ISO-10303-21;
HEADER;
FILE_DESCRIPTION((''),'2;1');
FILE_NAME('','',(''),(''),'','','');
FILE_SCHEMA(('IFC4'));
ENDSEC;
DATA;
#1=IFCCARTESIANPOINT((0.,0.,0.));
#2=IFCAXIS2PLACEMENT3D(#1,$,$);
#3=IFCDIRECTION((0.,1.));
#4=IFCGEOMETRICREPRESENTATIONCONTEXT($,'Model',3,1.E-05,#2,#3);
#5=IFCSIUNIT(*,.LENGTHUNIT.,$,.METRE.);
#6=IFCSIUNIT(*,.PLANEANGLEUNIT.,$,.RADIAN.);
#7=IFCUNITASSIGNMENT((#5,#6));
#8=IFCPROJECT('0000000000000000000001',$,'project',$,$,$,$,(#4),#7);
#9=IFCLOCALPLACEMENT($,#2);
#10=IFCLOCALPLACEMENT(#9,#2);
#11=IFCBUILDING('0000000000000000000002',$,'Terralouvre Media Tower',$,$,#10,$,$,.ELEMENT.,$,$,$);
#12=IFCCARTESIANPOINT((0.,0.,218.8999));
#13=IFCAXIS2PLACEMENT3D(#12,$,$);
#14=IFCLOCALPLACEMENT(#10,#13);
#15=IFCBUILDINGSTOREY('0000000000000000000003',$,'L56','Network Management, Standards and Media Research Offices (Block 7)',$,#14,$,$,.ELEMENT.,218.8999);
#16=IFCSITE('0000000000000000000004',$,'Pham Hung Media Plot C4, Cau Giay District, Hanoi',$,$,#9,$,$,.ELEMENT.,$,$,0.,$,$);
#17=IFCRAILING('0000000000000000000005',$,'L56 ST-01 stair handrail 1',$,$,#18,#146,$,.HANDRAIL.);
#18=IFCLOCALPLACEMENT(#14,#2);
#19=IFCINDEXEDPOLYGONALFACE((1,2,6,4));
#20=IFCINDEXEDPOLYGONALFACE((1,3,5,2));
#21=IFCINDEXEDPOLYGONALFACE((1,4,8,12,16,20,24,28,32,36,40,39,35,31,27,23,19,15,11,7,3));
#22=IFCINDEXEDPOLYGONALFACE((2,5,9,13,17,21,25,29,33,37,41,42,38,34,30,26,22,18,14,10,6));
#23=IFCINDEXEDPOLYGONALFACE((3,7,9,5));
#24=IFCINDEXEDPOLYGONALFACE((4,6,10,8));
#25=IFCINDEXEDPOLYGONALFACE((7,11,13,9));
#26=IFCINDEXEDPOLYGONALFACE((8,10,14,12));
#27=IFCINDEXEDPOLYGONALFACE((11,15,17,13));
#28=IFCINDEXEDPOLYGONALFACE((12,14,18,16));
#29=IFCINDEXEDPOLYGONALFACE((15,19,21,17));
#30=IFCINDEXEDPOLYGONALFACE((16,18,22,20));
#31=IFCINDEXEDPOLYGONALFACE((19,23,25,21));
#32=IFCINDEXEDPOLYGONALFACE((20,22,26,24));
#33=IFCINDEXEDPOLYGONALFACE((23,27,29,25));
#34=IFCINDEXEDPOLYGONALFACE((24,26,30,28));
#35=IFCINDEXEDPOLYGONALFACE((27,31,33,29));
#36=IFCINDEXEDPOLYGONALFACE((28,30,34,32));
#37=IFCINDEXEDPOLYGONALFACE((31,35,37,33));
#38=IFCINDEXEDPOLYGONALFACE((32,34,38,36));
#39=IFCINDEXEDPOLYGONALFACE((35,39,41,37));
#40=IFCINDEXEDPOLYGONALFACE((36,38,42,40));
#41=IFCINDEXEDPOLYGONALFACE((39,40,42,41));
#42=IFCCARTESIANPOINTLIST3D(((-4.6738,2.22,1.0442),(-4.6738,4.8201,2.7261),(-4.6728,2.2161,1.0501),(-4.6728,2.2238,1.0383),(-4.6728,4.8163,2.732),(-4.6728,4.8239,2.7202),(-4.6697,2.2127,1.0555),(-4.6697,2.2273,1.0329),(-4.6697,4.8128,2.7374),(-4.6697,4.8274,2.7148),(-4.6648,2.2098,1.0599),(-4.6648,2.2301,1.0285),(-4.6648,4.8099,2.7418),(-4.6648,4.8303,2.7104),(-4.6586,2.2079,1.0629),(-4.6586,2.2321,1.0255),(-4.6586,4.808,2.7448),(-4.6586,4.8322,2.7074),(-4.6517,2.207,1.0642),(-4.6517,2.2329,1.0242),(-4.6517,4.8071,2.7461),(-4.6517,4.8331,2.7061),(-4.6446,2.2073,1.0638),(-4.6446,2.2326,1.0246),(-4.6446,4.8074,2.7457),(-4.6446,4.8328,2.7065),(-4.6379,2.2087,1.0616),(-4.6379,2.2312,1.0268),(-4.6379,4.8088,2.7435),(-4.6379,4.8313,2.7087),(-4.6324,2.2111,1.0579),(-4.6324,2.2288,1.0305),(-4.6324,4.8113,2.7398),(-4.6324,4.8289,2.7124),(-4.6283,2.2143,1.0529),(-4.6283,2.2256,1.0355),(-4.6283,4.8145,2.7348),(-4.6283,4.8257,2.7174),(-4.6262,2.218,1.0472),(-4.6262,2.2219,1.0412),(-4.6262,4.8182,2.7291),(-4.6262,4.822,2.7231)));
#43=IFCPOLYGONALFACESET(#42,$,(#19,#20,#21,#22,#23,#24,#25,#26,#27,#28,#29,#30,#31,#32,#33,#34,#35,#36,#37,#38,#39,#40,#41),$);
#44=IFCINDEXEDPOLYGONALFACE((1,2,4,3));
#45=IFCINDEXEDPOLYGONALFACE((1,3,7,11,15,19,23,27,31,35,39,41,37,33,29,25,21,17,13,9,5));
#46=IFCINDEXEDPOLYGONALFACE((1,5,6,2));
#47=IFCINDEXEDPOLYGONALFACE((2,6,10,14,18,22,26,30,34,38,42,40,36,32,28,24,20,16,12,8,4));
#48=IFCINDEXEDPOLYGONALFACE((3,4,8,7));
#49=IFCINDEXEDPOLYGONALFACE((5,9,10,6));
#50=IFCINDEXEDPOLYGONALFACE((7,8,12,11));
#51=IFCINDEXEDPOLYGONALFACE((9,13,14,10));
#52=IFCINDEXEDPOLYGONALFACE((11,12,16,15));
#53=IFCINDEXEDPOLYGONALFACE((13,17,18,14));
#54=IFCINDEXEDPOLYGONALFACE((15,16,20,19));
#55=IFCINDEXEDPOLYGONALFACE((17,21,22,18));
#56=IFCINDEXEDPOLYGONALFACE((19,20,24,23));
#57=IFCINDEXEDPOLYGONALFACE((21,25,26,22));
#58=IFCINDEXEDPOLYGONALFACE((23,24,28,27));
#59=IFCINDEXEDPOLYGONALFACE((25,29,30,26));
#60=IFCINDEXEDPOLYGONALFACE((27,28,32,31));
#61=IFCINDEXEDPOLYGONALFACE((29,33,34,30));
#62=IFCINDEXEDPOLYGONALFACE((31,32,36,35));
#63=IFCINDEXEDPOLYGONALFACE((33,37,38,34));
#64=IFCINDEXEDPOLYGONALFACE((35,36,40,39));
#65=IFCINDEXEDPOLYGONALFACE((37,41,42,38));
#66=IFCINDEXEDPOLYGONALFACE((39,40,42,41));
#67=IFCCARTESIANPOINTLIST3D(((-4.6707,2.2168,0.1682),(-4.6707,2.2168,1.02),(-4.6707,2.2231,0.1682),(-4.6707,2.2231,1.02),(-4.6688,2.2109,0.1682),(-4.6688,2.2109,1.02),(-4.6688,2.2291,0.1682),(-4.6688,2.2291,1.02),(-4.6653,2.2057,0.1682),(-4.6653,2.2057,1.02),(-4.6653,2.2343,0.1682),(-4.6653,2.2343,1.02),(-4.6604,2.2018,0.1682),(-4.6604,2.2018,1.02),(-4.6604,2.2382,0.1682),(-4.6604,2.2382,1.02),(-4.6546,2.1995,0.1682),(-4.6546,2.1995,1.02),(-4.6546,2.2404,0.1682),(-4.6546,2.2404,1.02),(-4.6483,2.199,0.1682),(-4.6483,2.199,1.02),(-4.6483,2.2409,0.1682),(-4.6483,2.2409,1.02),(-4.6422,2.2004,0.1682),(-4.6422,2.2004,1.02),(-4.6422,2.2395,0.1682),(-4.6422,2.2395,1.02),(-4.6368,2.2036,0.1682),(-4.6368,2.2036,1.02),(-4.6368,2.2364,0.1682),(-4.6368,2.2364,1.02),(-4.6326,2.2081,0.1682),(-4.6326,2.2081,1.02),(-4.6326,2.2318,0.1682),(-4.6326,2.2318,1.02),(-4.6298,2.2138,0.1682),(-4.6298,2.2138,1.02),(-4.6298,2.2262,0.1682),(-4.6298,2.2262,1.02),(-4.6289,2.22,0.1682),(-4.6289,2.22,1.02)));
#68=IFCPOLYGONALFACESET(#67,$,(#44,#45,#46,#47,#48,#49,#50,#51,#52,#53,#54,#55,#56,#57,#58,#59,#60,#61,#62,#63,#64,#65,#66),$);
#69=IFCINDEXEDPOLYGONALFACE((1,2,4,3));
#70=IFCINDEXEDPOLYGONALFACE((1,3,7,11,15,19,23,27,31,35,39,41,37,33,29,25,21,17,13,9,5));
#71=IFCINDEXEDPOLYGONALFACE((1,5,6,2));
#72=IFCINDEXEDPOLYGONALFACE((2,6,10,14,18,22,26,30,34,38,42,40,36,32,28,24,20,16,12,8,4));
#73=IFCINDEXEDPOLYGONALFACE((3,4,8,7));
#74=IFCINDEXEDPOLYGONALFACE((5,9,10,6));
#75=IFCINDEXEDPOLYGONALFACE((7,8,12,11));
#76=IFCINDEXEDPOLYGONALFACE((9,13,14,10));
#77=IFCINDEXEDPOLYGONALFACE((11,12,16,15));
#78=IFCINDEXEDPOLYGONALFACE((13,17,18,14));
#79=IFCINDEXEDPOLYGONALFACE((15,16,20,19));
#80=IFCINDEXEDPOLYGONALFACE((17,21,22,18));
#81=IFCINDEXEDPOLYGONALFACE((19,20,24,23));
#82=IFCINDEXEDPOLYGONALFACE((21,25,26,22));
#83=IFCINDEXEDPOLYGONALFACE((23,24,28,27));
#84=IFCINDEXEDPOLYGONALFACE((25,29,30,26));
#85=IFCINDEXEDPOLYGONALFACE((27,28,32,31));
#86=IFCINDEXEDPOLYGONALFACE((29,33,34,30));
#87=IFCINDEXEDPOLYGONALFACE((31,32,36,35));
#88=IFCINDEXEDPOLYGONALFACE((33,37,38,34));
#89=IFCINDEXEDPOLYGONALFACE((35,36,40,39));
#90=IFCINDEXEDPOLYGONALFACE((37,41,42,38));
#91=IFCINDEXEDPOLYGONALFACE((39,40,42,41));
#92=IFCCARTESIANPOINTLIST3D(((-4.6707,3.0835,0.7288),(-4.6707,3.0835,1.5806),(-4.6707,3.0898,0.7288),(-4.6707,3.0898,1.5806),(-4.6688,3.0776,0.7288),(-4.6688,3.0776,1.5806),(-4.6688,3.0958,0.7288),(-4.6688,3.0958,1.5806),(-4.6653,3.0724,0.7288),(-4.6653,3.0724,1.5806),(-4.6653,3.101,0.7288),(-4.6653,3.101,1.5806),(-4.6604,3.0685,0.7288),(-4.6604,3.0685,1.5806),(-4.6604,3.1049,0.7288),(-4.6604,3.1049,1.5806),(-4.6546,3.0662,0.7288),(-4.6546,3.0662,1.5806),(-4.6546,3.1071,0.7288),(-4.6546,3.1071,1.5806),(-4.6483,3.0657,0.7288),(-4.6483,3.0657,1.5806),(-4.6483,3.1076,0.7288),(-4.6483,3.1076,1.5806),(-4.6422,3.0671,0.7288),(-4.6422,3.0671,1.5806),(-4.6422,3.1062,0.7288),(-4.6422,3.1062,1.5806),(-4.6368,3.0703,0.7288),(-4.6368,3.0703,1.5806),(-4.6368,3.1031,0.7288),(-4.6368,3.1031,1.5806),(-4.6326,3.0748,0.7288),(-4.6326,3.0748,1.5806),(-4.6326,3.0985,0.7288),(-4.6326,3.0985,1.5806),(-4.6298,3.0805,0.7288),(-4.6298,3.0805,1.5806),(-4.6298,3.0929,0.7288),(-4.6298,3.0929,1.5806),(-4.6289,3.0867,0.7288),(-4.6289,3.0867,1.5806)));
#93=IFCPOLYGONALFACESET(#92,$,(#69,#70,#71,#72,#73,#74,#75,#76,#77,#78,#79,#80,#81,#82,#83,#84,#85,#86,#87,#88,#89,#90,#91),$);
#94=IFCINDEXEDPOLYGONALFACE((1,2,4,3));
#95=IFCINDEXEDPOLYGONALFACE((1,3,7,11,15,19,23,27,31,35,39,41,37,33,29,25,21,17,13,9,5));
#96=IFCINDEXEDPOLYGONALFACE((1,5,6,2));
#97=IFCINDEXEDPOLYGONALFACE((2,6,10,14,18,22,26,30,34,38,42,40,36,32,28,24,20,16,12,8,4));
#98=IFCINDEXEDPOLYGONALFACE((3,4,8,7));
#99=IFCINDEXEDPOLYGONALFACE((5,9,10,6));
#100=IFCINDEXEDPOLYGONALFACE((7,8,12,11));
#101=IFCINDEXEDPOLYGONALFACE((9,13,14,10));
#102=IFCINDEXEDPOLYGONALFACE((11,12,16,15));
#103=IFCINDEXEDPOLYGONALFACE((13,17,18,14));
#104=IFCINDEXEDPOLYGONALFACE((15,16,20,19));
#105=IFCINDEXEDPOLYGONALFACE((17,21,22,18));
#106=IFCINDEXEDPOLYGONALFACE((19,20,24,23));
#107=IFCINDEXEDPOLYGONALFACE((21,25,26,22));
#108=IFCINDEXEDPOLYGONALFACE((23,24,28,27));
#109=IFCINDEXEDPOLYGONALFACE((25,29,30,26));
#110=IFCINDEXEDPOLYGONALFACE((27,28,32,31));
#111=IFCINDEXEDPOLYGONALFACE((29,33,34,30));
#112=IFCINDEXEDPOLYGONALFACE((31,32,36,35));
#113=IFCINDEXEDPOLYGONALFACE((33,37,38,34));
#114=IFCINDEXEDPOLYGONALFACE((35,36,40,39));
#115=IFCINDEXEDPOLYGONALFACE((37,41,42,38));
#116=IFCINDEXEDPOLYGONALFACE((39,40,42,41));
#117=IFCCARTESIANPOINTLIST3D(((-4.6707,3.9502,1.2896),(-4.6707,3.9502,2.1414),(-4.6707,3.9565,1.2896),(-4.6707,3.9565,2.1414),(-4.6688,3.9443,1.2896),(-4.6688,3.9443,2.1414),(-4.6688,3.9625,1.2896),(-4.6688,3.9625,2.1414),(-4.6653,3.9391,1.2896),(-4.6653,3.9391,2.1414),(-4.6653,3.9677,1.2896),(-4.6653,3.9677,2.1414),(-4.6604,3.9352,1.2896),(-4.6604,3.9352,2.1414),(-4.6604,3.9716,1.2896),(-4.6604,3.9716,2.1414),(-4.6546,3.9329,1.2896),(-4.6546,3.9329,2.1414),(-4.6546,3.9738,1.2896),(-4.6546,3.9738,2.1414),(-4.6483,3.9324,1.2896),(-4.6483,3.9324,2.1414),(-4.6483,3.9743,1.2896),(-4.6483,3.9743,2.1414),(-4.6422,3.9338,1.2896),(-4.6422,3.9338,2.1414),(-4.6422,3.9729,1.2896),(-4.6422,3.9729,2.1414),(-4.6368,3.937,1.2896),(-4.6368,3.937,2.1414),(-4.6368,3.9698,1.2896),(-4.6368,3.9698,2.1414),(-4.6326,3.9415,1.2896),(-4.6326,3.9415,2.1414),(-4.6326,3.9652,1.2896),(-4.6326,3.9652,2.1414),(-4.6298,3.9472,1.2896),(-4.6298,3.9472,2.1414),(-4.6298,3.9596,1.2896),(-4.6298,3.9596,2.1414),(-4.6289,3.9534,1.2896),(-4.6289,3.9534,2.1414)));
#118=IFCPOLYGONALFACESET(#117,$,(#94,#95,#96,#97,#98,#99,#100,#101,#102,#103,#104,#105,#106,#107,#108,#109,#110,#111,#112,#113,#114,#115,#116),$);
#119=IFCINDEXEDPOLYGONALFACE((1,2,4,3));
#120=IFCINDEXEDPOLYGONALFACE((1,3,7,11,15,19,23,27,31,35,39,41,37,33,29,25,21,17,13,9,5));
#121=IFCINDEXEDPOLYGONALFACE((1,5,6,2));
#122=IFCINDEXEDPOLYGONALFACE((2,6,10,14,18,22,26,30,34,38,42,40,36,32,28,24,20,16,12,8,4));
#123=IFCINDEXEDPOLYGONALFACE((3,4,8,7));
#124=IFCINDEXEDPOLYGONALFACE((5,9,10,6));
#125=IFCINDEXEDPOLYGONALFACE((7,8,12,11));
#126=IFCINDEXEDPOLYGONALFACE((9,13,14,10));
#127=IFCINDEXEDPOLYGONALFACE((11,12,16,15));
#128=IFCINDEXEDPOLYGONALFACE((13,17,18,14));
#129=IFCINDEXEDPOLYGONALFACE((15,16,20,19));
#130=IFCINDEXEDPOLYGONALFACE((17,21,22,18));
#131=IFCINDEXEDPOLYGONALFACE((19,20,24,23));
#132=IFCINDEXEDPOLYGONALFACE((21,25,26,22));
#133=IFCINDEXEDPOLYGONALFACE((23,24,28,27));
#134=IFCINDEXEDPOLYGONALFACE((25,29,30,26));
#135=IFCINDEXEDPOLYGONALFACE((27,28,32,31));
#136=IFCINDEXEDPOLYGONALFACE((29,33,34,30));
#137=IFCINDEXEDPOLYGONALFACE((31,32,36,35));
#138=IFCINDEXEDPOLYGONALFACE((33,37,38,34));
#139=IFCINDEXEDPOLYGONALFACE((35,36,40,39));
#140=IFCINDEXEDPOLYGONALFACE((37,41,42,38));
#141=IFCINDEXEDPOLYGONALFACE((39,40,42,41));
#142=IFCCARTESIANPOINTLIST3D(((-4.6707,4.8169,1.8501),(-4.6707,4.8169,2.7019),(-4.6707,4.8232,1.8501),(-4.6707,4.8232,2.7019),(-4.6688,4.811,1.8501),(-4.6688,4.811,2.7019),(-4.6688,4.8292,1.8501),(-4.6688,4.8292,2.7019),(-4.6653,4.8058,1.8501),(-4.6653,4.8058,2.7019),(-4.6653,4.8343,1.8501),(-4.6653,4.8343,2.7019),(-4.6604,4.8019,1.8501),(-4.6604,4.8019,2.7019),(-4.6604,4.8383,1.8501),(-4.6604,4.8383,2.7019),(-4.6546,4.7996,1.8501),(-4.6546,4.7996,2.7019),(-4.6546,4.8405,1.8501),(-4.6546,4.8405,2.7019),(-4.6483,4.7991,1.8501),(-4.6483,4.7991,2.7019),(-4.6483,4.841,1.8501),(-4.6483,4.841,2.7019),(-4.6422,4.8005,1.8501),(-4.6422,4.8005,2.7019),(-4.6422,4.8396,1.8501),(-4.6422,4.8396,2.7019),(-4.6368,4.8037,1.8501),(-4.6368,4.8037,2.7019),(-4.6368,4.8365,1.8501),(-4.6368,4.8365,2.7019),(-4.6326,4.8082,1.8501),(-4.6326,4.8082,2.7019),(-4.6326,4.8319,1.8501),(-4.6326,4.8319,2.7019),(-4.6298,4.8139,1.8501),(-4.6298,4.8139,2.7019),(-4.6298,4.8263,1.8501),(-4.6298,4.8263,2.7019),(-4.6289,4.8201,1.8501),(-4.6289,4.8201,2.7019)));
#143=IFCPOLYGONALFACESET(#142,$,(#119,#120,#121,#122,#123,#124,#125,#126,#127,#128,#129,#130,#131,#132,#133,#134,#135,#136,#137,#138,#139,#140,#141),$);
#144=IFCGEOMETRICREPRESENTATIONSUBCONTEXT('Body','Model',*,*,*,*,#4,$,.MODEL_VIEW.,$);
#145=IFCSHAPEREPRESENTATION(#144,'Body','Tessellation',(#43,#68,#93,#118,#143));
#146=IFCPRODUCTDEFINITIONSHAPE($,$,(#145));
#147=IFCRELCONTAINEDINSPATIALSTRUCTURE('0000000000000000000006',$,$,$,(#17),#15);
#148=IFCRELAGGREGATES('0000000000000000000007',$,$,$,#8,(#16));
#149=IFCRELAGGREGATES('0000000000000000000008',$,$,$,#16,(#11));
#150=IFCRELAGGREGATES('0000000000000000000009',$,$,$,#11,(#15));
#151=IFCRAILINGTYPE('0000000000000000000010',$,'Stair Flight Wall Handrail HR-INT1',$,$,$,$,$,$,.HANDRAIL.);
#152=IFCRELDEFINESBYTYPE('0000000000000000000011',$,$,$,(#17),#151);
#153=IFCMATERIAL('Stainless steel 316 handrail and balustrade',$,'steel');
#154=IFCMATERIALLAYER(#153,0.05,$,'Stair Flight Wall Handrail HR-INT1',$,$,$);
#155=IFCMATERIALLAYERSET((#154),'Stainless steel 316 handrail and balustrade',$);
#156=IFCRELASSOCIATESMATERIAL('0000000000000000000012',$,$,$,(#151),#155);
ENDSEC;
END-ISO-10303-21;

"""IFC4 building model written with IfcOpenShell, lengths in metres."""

from ifc_helpers import new_model, si_unit, direction, frame, origin, origin_2d, place, context, subcontext, project, spatial, circle, extrude, material, layer, layer_set, type_object, element, save


model = new_model("IFC4")

# Units and contexts
model_context = context("Model", 3, precision=1e-05, world=origin(), true_north=direction((0.0, 1.0)))
body_context = subcontext(model_context, "Body", "Model", "MODEL_VIEW")
ifc_project = project(units=[si_unit("LENGTHUNIT", "METRE"), si_unit("PLANEANGLEUNIT", "RADIAN")], contexts=[model_context])

# Site, building, storey
site_placement = place(None, origin())
site = spatial("IfcSite", under=ifc_project, at=site_placement, Name="Pham Hung Media Plot C4, Cau Giay District, Hanoi", CompositionType="ELEMENT", RefElevation=0.0)
building_placement = place(site_placement, origin())
building = spatial("IfcBuilding", under=site, at=building_placement, Name="Terralouvre Media Tower", CompositionType="ELEMENT")
storey_placement = place(building_placement, frame((0.0, 0.0, 218.8999)))
storey = spatial("IfcBuildingStorey", under=building, at=storey_placement, Name="L56", Description="Network Management, Standards and Media Research Offices (Block 7)", CompositionType="ELEMENT", Elevation=218.8999)

# Railing
ifc_material_1 = material(Name="Stainless steel 316 handrail and balustrade", Category="steel")
ifc_layer_1 = layer(ifc_material_1, 0.05, Name="Stair Flight Wall Handrail HR-INT1")
ifc_layer_set_1 = layer_set([ifc_layer_1], Name="Stainless steel 316 handrail and balustrade")
railing_type_1 = type_object("IfcRailingType", Name="Stair Flight Wall Handrail HR-INT1", PredefinedType="HANDRAIL", material=ifc_layer_set_1)
railing_1_placement = place(storey_placement, frame((-4.6499, 2.22, 0.1682)))
element("IfcRailing", 1, at=railing_1_placement, inside=storey, type_object=railing_type_1, Name="L56 ST-01 stair handrail 1", PredefinedType="HANDRAIL", context=body_context, shape_type="SweptSolid", body=[
    extrude(circle(Radius=0.0239, at=origin_2d()), frame((0.0, 0.0, 0.876), z_axis=(0.0, 0.839648, 0.54313), x_axis=(-1.0, 0.0, 0.0)), (0.0, 0.0, 1.0), 3.0967),
    extrude(circle(Radius=0.021, at=origin_2d()), origin(), (0.0, 0.0, 1.0), 0.8518),
    extrude(circle(Radius=0.021, at=origin_2d()), frame((0.0, 0.8667, 0.5605)), (0.0, 0.0, 1.0), 0.8518),
    extrude(circle(Radius=0.021, at=origin_2d()), frame((0.0, 1.7334, 1.1213)), (0.0, 0.0, 1.0), 0.8518),
    extrude(circle(Radius=0.021, at=origin_2d()), frame((0.0, 2.6001, 1.6819)), (0.0, 0.0, 1.0), 0.8518),
])

save(model, "model.ifc")
